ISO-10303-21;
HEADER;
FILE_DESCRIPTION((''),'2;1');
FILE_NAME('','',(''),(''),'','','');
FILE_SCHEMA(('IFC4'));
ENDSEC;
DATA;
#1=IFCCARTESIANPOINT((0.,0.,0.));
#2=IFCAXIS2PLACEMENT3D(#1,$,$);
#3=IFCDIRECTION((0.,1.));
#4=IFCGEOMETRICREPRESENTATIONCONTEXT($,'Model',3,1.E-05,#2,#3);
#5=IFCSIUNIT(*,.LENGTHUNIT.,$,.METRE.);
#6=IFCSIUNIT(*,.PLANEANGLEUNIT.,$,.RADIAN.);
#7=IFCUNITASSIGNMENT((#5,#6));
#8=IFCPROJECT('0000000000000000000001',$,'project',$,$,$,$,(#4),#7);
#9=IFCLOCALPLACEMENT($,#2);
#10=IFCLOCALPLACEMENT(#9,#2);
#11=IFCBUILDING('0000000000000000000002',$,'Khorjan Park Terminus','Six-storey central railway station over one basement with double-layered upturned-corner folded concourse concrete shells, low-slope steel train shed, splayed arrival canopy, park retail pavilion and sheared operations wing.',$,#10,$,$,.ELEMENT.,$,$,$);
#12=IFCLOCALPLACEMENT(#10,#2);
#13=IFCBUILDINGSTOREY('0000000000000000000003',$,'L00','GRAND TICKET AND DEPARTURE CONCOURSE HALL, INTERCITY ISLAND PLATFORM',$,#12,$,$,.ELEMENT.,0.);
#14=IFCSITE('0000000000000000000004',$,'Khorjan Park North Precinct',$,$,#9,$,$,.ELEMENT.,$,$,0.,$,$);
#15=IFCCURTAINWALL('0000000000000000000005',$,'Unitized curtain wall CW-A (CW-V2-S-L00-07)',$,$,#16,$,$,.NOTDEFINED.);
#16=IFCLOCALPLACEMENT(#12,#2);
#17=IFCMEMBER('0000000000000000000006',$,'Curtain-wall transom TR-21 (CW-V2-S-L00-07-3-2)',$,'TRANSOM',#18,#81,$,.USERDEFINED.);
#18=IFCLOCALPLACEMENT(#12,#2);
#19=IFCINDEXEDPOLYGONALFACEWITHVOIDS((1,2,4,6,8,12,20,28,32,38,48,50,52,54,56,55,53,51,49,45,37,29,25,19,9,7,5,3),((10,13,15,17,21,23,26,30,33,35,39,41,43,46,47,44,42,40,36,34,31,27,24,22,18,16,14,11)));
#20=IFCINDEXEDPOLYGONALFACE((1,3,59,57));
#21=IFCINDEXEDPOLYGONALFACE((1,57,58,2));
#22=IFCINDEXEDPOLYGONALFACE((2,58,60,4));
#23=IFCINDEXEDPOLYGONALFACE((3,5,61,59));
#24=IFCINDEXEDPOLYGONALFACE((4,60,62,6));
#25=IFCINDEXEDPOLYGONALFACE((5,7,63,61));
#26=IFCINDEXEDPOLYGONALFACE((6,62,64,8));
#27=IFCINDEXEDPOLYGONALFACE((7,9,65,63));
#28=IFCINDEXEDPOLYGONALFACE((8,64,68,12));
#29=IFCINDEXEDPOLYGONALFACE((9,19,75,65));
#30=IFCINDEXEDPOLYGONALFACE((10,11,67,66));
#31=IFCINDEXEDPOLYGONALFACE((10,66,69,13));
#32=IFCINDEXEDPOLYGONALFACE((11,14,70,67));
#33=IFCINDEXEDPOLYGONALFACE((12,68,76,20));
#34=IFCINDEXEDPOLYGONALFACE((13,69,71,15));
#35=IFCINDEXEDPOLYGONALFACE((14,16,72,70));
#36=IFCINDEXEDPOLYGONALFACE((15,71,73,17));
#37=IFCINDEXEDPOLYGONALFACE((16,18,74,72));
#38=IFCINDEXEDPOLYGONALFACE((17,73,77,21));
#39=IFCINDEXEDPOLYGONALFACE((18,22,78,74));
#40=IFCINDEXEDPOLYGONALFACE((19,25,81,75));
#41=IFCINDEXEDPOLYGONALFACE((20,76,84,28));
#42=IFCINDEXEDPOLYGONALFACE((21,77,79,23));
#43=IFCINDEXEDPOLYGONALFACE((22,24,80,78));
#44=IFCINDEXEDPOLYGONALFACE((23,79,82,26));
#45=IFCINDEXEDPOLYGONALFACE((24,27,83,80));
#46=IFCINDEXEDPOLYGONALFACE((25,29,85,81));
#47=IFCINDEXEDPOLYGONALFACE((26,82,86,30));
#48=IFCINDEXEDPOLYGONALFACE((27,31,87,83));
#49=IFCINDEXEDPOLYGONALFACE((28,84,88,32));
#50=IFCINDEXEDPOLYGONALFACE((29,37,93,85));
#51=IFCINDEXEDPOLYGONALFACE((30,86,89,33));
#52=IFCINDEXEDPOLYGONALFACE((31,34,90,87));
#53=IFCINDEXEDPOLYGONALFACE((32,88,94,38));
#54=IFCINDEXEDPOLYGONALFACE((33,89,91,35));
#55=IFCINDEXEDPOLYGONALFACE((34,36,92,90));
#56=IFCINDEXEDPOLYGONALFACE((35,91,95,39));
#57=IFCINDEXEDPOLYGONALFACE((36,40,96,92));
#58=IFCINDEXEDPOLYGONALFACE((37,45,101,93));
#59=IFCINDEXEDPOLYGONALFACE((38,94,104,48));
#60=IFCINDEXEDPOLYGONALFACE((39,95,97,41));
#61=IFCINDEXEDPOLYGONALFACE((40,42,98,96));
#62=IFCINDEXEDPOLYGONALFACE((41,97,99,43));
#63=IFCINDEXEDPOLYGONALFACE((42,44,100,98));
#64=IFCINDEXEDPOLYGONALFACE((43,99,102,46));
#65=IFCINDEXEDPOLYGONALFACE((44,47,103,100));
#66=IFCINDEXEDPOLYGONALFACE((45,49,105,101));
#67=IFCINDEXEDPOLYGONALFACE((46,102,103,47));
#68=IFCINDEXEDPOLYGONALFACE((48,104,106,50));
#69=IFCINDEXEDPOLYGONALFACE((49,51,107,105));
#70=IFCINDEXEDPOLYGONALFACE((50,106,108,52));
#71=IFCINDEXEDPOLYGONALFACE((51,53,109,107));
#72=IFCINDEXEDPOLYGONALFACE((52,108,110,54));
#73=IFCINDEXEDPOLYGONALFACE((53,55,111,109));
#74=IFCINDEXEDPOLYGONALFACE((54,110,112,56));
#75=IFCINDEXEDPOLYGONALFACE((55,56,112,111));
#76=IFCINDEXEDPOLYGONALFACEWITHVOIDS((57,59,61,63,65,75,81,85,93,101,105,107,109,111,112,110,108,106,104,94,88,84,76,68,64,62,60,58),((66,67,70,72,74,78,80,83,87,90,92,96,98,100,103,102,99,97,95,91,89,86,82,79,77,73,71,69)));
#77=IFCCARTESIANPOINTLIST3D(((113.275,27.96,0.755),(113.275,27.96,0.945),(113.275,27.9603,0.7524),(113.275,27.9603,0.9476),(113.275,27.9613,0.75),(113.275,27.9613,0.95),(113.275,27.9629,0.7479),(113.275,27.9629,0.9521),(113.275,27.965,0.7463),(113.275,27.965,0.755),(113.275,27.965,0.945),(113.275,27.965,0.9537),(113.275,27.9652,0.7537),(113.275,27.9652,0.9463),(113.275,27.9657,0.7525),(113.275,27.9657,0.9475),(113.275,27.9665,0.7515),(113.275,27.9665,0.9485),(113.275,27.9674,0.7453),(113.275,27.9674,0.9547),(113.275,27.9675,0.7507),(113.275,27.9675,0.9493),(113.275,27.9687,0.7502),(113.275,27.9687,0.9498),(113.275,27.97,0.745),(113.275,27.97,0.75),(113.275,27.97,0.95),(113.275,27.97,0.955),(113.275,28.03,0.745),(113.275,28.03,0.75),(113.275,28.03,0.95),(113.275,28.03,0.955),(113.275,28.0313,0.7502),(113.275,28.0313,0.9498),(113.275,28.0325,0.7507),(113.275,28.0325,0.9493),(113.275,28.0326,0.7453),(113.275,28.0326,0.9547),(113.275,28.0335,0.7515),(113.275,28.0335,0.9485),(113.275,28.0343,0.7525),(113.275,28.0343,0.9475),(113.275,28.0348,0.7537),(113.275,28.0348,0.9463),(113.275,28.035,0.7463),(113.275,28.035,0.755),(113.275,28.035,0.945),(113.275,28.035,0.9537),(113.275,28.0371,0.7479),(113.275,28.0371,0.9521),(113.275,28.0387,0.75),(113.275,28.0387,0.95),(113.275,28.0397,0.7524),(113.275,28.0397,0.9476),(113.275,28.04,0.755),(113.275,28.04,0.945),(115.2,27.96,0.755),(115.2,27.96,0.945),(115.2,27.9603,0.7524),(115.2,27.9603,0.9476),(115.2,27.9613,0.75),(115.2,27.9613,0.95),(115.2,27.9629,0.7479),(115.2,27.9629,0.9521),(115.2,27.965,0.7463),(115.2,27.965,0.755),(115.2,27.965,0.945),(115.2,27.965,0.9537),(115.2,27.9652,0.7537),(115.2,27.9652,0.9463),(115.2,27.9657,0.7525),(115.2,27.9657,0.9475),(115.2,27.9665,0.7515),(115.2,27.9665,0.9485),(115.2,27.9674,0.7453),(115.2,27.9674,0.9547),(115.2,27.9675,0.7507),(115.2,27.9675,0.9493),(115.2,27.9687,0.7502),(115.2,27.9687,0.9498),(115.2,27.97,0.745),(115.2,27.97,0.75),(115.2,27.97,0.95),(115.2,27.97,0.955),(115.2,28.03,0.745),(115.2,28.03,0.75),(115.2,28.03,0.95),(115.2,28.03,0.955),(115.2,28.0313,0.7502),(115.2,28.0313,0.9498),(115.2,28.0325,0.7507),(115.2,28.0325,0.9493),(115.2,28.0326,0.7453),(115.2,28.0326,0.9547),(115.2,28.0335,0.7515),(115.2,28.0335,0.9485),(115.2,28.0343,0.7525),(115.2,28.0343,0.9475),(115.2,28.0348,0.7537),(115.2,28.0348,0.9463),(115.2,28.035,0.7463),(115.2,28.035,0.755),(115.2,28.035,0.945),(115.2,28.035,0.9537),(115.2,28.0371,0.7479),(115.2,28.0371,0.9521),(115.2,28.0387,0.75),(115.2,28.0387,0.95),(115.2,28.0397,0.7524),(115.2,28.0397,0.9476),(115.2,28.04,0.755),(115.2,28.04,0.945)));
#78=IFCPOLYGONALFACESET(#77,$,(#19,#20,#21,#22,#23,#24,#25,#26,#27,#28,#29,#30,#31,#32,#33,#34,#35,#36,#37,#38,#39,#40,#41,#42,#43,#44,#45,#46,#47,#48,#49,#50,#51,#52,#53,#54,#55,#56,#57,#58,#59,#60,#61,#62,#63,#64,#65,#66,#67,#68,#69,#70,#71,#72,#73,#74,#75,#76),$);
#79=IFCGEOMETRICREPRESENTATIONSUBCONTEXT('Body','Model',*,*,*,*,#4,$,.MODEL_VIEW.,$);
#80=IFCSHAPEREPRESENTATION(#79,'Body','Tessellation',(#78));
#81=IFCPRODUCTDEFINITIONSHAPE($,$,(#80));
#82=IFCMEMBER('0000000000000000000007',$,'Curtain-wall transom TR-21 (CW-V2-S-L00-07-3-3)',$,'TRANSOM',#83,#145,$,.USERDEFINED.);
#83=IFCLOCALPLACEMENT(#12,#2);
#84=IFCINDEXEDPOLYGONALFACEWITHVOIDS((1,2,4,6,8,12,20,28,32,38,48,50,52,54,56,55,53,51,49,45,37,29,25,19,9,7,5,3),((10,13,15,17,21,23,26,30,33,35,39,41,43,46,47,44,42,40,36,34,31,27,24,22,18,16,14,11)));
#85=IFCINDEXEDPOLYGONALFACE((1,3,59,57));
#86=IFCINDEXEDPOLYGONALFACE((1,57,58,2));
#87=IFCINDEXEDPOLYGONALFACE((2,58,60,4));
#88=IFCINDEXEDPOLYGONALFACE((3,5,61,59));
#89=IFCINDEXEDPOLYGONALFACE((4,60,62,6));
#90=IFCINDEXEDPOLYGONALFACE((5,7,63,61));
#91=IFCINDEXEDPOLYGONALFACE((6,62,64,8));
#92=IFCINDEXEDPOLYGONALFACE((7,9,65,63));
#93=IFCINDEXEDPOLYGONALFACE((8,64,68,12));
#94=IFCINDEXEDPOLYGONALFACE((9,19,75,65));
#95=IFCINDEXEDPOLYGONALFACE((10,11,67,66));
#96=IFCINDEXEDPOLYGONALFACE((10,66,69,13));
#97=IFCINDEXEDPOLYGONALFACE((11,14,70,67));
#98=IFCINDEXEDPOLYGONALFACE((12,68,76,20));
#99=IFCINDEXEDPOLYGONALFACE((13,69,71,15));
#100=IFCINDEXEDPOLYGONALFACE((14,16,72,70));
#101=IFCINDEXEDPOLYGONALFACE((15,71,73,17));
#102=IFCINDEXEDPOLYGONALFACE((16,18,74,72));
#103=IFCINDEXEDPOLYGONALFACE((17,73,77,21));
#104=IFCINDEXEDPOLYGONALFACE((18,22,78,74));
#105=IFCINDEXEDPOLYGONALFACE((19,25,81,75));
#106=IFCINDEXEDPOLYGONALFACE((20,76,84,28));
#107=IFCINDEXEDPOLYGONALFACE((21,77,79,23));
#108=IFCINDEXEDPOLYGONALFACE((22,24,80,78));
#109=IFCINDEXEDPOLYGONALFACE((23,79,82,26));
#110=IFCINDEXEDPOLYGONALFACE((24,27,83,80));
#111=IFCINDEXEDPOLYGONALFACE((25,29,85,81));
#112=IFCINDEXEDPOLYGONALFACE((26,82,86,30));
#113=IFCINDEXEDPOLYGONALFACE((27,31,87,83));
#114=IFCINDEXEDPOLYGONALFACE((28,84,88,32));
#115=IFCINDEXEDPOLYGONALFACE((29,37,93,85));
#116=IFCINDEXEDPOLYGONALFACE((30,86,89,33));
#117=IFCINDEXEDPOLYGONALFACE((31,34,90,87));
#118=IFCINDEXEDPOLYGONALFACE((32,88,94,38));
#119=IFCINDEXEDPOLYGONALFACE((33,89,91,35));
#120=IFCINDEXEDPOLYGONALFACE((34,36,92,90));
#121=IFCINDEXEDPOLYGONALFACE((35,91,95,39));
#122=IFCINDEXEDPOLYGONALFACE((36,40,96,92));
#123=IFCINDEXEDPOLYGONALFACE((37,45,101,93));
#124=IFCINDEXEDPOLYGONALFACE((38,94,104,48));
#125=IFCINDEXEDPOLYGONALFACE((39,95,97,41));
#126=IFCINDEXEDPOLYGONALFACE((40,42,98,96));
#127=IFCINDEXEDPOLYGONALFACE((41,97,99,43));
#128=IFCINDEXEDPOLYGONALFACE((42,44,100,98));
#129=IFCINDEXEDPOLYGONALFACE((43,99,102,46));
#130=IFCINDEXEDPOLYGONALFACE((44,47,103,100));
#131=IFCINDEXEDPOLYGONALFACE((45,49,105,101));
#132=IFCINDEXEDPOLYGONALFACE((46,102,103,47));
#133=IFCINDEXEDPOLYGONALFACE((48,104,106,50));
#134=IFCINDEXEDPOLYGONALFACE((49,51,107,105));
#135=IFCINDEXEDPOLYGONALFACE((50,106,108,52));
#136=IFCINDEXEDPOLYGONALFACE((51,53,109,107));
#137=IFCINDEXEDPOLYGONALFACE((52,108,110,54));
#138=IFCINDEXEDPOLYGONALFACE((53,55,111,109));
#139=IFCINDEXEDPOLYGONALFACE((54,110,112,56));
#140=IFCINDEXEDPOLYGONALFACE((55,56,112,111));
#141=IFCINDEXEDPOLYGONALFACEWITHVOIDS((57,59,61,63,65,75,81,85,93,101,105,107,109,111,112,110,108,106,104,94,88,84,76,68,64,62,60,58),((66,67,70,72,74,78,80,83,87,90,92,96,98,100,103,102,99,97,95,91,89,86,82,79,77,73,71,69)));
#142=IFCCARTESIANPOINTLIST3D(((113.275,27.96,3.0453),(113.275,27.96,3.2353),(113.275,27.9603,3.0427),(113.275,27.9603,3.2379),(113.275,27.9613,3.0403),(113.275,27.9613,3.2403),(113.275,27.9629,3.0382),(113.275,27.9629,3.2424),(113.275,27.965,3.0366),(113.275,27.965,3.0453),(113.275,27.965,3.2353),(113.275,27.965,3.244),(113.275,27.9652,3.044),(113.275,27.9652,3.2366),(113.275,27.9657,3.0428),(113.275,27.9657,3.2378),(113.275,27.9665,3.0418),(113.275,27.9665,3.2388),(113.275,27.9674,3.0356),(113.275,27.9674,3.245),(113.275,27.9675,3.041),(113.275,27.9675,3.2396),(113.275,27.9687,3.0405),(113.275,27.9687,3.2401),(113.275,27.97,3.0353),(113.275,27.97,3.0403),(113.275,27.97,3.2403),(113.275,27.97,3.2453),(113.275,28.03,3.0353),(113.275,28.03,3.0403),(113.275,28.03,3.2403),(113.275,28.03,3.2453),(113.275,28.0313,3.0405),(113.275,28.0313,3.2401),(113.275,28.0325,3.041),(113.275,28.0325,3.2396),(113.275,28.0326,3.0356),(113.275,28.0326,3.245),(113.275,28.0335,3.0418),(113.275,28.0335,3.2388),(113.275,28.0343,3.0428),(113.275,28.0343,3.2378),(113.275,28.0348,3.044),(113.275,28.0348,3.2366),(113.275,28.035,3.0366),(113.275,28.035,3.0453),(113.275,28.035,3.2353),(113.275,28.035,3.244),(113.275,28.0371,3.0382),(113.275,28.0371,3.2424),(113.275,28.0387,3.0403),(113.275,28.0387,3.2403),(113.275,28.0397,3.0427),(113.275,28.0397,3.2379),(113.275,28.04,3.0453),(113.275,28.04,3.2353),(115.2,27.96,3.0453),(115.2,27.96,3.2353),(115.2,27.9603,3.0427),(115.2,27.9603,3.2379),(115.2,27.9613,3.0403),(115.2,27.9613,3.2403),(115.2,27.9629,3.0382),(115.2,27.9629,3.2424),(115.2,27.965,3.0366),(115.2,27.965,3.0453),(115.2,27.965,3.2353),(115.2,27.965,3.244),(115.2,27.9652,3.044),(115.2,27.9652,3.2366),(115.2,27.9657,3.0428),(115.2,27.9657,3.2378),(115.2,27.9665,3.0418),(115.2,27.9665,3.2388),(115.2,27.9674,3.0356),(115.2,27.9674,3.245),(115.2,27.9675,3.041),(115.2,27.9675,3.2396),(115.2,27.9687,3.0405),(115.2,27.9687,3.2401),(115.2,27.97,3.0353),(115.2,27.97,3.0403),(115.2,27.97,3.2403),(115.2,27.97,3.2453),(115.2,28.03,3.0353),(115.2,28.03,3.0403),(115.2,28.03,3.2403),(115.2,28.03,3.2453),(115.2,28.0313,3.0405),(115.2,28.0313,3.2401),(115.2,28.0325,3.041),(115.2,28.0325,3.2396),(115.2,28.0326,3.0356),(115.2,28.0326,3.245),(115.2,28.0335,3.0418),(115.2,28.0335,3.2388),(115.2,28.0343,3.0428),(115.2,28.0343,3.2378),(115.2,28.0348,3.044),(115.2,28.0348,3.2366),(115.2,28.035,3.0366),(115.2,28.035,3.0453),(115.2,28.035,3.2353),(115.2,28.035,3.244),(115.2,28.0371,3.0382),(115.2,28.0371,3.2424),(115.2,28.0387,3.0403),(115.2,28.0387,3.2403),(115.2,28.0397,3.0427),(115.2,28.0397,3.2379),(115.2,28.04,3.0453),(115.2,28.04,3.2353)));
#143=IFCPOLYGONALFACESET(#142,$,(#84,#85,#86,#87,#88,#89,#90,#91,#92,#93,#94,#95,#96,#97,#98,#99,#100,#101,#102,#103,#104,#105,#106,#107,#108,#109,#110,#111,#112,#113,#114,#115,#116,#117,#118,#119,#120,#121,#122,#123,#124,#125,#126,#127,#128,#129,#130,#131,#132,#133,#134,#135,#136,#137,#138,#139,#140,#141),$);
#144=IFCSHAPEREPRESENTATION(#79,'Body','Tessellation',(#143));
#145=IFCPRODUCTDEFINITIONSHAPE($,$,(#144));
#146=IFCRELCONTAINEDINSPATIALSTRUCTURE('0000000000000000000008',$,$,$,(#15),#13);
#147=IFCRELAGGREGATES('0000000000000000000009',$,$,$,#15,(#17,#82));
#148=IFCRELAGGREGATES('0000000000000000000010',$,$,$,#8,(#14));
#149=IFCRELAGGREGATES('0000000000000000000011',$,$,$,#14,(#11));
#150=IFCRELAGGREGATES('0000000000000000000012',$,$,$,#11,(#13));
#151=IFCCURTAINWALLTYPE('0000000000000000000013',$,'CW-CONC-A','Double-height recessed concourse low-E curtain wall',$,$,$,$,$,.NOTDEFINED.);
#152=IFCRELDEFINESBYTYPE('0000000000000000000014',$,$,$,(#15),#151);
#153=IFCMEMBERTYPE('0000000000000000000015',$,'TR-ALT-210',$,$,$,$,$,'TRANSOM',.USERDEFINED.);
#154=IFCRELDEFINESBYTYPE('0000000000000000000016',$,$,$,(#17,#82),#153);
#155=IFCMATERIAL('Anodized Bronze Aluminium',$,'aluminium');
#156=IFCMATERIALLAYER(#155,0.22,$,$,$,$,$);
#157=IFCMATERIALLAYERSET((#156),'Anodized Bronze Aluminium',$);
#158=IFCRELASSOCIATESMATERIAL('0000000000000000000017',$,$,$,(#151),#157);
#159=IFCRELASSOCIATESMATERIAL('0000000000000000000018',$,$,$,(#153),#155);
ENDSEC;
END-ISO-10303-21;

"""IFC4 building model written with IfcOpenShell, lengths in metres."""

from ifc_helpers import new_model, si_unit, direction, frame, origin, origin_2d, place, context, subcontext, project, spatial, hollow_rectangle, extrude, material, layer, layer_set, material_profile, profile_set, type_object, element, aggregate, save


model = new_model("IFC4")

# Units and contexts
model_context = context("Model", 3, precision=1e-05, world=origin(), true_north=direction((0.0, 1.0)))
body_context = subcontext(model_context, "Body", "Model", "MODEL_VIEW")
ifc_project = project(units=[si_unit("LENGTHUNIT", "METRE"), si_unit("PLANEANGLEUNIT", "RADIAN")], contexts=[model_context])

# Site, building, storey
site_placement = place(None, origin())
site = spatial("IfcSite", under=ifc_project, at=site_placement, Name="Khorjan Park North Precinct", CompositionType="ELEMENT", RefElevation=0.0)
building_placement = place(site_placement, origin())
building = spatial("IfcBuilding", under=site, at=building_placement, Name="Khorjan Park Terminus", Description="Six-storey central railway station over one basement with double-layered upturned-corner folded concourse concrete shells, low-slope steel train shed, splayed arrival canopy, park retail pavilion and sheared operations wing.", CompositionType="ELEMENT")
storey_placement = place(building_placement, origin())
storey = spatial("IfcBuildingStorey", under=building, at=storey_placement, Name="L00", Description="GRAND TICKET AND DEPARTURE CONCOURSE HALL, INTERCITY ISLAND PLATFORM", CompositionType="ELEMENT", Elevation=0.0)

# Shared definitions
ifc_material_1 = material(Name="Anodized Bronze Aluminium", Category="aluminium")

# Curtain wall
ifc_layer_1 = layer(ifc_material_1, 0.22)
ifc_layer_set_1 = layer_set([ifc_layer_1], Name="Anodized Bronze Aluminium")
curtain_wall_type_1 = type_object("IfcCurtainWallType", Name="CW-CONC-A", Description="Double-height recessed concourse low-E curtain wall", PredefinedType="NOTDEFINED", material=ifc_layer_set_1)
curtain_wall_1_placement = place(storey_placement, origin())
curtain_wall_1 = element("IfcCurtainWall", 1, at=curtain_wall_1_placement, inside=storey, type_object=curtain_wall_type_1, Name="Unitized curtain wall CW-A (CW-V2-S-L00-07)", PredefinedType="NOTDEFINED")

# Members
ifc_material_profile_1 = material_profile(ifc_material_1, hollow_rectangle(XDim=0.08, YDim=0.21, WallThickness=0.005, InnerFilletRadius=0.005, OuterFilletRadius=0.01, at=origin_2d()), Name="ALT 80x210x5")
ifc_profile_set_1 = profile_set([ifc_material_profile_1], Name="Anodized Bronze Aluminium")
member_type_1 = type_object("IfcMemberType", Name="TR-ALT-210", ElementType="TRANSOM", PredefinedType="USERDEFINED", material=ifc_profile_set_1)
member_1_placement = place(storey_placement, frame((113.275, 28.0, 0.85), z_axis=(1.0, 0.0, 0.0), x_axis=(0.0, 1.0, 0.0)))
member_1 = element("IfcMember", 2, at=member_1_placement, type_object=member_type_1, Name="Curtain-wall transom TR-21 (CW-V2-S-L00-07-3-2)", ObjectType="TRANSOM", PredefinedType="USERDEFINED", context=body_context, shape_type="SweptSolid", body=[
    extrude(hollow_rectangle(XDim=0.08, YDim=0.21, WallThickness=0.005, InnerFilletRadius=0.005, OuterFilletRadius=0.01, at=origin_2d()), origin(), (0.0, 0.0, 1.0), 1.925),
])
member_2_placement = place(storey_placement, frame((113.275, 28.0, 3.1403), z_axis=(1.0, 0.0, 0.0), x_axis=(0.0, 1.0, 0.0)))
member_2 = element("IfcMember", 3, at=member_2_placement, type_object=member_type_1, Name="Curtain-wall transom TR-21 (CW-V2-S-L00-07-3-3)", ObjectType="TRANSOM", PredefinedType="USERDEFINED", context=body_context, shape_type="SweptSolid", body=[
    extrude(hollow_rectangle(XDim=0.08, YDim=0.21, WallThickness=0.005, InnerFilletRadius=0.005, OuterFilletRadius=0.01, at=origin_2d()), origin(), (0.0, 0.0, 1.0), 1.925),
])

aggregate(curtain_wall_1, [member_1, member_2])

save(model, "model.ifc")
